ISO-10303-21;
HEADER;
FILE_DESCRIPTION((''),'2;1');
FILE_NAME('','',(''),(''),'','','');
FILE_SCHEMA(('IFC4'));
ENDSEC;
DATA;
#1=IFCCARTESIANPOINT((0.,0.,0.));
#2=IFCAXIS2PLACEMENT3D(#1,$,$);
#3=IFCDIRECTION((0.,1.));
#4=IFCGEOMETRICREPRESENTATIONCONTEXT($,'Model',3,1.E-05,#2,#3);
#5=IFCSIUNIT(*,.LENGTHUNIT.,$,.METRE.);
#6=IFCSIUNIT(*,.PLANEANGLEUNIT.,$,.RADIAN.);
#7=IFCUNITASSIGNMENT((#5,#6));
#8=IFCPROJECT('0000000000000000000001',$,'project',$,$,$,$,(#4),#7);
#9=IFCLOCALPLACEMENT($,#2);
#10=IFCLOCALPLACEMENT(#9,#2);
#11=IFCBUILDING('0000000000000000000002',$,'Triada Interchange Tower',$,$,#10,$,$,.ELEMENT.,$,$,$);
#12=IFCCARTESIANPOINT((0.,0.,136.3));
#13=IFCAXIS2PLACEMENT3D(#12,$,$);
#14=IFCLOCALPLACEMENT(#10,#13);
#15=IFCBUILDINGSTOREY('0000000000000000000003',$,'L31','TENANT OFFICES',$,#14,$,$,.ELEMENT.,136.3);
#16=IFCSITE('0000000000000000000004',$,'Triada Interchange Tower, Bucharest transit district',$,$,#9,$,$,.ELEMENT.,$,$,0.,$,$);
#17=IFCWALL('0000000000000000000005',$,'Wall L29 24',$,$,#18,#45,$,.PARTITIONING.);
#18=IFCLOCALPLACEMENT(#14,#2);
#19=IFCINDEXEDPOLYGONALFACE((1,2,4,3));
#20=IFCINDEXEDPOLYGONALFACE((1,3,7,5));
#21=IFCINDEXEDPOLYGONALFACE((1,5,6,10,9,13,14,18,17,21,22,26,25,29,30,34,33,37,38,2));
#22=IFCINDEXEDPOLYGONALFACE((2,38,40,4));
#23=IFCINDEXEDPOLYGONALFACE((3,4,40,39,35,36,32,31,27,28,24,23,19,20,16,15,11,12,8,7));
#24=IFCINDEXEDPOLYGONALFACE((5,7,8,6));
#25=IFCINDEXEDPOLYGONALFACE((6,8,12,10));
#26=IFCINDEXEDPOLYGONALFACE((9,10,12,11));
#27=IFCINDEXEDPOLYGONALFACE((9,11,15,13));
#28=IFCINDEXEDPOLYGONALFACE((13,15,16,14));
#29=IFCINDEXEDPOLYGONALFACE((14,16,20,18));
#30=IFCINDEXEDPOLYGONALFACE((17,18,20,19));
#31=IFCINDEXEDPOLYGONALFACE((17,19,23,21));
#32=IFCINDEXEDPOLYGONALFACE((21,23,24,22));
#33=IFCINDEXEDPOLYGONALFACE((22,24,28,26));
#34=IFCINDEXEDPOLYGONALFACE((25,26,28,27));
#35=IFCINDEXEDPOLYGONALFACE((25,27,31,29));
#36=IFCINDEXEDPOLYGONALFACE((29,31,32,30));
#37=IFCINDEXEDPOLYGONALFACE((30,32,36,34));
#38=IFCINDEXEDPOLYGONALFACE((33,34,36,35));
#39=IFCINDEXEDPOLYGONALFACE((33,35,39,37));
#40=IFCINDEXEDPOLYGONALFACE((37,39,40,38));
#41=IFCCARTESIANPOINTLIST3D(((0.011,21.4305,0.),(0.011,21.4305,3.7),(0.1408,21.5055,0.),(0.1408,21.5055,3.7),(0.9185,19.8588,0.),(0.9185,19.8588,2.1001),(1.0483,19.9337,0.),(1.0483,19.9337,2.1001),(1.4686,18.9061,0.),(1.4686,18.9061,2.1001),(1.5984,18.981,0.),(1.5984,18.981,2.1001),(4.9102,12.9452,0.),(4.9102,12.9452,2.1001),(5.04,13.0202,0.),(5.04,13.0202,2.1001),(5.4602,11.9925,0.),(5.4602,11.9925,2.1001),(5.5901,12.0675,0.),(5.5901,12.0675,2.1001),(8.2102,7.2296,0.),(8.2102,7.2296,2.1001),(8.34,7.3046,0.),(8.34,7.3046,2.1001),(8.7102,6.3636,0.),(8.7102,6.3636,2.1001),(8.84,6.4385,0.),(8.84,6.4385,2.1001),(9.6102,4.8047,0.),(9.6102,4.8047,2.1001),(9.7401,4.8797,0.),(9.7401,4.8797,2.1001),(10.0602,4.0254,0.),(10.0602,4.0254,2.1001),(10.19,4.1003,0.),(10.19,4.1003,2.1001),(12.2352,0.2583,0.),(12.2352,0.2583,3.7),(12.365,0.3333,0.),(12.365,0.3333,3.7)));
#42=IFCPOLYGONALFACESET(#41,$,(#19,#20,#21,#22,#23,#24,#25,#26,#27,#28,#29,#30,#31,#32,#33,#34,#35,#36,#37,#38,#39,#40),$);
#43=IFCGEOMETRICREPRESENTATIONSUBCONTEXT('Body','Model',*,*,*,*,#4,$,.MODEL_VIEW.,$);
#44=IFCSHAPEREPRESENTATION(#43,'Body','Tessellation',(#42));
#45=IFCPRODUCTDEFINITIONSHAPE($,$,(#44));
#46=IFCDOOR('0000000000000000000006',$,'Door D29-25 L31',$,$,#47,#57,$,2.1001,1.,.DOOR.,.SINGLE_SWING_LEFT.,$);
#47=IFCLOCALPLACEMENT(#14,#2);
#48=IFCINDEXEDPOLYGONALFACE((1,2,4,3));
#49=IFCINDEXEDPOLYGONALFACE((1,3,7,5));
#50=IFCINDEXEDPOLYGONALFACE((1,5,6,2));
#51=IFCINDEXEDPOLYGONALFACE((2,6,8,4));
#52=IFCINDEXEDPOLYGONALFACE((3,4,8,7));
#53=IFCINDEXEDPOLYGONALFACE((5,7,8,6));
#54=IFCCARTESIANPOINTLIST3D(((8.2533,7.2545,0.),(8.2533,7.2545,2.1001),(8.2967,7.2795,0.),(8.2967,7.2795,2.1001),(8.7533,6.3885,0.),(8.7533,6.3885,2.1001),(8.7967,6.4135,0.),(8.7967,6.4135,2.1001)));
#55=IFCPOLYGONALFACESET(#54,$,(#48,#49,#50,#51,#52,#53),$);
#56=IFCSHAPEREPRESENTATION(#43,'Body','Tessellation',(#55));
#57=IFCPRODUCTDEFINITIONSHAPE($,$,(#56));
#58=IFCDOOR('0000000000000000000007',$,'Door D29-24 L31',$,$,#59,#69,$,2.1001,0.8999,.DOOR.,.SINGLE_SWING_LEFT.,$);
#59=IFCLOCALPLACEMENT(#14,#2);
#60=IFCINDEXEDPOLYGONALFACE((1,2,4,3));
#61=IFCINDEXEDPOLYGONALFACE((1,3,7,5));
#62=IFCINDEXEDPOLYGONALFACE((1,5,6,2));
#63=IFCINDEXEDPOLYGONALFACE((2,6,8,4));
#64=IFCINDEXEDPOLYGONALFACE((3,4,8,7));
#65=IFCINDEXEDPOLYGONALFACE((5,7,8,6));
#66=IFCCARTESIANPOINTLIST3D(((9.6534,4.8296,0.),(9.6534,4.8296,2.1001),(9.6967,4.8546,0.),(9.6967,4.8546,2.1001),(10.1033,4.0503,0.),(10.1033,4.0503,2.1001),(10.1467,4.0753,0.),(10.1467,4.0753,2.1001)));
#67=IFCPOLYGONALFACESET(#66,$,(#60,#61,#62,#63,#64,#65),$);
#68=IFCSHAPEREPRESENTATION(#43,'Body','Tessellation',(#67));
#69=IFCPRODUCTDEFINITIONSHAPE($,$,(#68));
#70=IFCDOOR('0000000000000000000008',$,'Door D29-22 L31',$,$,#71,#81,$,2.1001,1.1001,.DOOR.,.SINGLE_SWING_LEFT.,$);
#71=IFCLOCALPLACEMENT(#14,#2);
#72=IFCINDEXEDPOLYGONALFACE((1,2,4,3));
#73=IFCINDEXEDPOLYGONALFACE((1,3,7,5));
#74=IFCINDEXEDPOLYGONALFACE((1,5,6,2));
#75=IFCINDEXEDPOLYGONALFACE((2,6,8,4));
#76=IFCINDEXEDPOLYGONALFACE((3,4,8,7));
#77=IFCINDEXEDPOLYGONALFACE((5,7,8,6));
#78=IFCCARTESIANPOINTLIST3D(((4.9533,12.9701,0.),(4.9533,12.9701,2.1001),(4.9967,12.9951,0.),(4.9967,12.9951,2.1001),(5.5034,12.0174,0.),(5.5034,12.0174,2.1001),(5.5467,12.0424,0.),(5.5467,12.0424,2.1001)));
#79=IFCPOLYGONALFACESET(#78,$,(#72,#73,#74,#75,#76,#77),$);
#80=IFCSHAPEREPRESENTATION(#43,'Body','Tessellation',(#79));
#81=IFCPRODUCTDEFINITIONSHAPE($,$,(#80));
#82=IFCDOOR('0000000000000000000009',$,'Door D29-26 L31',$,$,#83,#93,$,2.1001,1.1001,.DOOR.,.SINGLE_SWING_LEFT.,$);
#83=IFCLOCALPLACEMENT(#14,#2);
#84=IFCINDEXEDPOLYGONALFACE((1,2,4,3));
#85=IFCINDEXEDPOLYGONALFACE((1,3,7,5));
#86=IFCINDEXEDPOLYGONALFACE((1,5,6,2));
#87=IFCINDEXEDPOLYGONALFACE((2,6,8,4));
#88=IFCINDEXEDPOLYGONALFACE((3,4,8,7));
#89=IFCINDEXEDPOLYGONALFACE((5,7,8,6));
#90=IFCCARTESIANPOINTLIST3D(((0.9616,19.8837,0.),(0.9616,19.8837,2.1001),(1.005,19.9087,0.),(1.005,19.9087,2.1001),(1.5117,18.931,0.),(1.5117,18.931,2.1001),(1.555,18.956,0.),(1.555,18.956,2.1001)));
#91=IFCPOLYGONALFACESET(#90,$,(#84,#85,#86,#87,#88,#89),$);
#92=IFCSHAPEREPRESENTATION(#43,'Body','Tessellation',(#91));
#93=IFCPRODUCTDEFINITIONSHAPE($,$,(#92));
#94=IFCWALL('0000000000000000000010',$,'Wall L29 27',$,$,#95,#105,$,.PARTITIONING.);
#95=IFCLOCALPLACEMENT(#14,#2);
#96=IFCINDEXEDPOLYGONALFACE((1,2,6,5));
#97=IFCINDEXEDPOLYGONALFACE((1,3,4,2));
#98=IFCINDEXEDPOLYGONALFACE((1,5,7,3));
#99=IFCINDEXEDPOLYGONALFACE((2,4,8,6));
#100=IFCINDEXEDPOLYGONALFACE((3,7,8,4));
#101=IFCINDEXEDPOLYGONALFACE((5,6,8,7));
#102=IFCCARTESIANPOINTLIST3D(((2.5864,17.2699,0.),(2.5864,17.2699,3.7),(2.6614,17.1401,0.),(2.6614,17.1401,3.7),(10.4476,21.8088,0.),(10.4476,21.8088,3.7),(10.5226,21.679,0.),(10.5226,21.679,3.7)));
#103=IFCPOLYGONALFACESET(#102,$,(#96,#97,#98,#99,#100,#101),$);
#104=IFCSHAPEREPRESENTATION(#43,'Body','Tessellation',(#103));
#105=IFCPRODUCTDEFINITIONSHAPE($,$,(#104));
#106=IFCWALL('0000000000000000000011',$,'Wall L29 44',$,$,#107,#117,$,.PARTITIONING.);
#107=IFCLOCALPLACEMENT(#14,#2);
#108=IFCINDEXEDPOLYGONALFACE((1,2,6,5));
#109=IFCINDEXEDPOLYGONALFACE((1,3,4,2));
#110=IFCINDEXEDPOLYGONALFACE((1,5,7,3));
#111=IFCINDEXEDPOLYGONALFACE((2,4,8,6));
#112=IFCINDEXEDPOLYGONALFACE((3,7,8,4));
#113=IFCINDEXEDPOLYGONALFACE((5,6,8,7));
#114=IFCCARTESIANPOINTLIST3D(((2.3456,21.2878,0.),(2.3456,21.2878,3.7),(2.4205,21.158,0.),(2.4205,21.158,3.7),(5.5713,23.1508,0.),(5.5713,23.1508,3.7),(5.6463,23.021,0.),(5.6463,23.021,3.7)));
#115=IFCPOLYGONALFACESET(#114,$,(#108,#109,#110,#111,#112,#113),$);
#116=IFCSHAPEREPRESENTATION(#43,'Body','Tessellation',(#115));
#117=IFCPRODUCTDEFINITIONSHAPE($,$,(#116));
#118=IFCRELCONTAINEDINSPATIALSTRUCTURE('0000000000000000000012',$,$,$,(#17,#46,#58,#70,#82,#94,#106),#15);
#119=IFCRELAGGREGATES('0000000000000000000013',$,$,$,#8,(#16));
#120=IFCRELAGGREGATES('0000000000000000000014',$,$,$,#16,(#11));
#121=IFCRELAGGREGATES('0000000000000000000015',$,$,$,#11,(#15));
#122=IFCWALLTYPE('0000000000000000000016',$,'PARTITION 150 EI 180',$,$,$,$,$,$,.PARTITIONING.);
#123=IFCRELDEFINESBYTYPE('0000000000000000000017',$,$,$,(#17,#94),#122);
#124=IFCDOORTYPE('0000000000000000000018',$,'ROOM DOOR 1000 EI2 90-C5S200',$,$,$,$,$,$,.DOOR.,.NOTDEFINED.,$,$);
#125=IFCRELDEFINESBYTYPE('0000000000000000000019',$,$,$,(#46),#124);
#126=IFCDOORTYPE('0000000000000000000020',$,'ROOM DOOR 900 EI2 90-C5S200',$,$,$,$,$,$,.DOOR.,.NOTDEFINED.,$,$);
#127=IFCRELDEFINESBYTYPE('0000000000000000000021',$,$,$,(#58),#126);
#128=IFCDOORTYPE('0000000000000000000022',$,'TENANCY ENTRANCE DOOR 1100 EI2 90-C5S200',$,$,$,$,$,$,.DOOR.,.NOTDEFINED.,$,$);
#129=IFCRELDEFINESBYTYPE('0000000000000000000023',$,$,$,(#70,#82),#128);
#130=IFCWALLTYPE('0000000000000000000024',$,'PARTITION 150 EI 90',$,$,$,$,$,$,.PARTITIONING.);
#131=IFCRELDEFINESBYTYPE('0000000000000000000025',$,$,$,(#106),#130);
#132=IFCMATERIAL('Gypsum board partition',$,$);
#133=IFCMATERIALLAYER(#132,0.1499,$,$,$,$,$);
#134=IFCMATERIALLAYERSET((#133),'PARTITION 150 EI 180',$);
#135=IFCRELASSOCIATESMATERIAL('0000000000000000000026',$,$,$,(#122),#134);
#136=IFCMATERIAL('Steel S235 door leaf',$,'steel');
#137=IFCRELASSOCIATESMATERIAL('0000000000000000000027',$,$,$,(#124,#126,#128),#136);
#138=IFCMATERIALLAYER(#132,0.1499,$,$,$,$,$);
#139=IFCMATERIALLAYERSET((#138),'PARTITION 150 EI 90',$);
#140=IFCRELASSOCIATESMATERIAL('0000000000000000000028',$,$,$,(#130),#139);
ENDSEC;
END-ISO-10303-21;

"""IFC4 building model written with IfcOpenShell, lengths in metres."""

from ifc_helpers import new_model, si_unit, direction, frame, frame_2d, origin, place, context, subcontext, project, spatial, rectangle, extrude, material, layer, layer_set, type_object, element, fill, save


model = new_model("IFC4")

# Units and contexts
model_context = context("Model", 3, precision=1e-05, world=origin(), true_north=direction((0.0, 1.0)))
body_context = subcontext(model_context, "Body", "Model", "MODEL_VIEW")
ifc_project = project(units=[si_unit("LENGTHUNIT", "METRE"), si_unit("PLANEANGLEUNIT", "RADIAN")], contexts=[model_context])

# Site, building, storey
site_placement = place(None, origin())
site = spatial("IfcSite", under=ifc_project, at=site_placement, Name="Triada Interchange Tower, Bucharest transit district", CompositionType="ELEMENT", RefElevation=0.0)
building_placement = place(site_placement, origin())
building = spatial("IfcBuilding", under=site, at=building_placement, Name="Triada Interchange Tower", CompositionType="ELEMENT")
storey_placement = place(building_placement, frame((0.0, 0.0, 136.3)))
storey = spatial("IfcBuildingStorey", under=building, at=storey_placement, Name="L31", Description="TENANT OFFICES", CompositionType="ELEMENT", Elevation=136.3)

# Shared definitions
ifc_material_1 = material(Name="Steel S235 door leaf", Category="steel")

# Shared definitions
ifc_material_2 = material(Name="Gypsum board partition")
ifc_layer_1 = layer(ifc_material_2, 0.1499)
ifc_layer_set_1 = layer_set([ifc_layer_1], Name="PARTITION 150 EI 180")
wall_type_1 = type_object("IfcWallType", Name="PARTITION 150 EI 180", PredefinedType="PARTITIONING", material=ifc_layer_set_1)

# Wall, openings, doors
wall_1_placement = place(storey_placement, frame((0.0759, 21.468, 0.0), z_axis=(0.0, 0.0, 1.0), x_axis=(0.500012, -0.866018, 0.0)))
wall_1 = element("IfcWall", 1, at=wall_1_placement, inside=storey, type_object=wall_type_1, Name="Wall L29 24", PredefinedType="PARTITIONING", context=body_context, shape_type="SweptSolid", body=[
    extrude(rectangle(XDim=24.4478, YDim=0.1499, at=frame_2d((12.2239, 0.0))), origin(), (0.0, 0.0, 1.0), 3.7),
])
opening_1_placement = place(wall_1_placement, frame((9.7981, 0.0, 0.0)))
opening_1 = element("IfcOpeningElement", 2, at=opening_1_placement, cuts=wall_1, PredefinedType="OPENING", context=body_context, shape_type="SweptSolid", body=[
    extrude(rectangle(XDim=1.1001, YDim=2.1001, at=frame_2d((0.55, 1.05))), frame((0.0, 0.085, 0.0), z_axis=(0.0, -1.0, 0.0), x_axis=(1.0, 0.0, 0.0)), (0.0, 0.0, 1.0), 0.1699),
])
opening_2_placement = place(wall_1_placement, frame((19.198, 0.0, 0.0)))
opening_2 = element("IfcOpeningElement", 3, at=opening_2_placement, cuts=wall_1, PredefinedType="OPENING", context=body_context, shape_type="SweptSolid", body=[
    extrude(rectangle(XDim=0.8999, YDim=2.1001, at=frame_2d((0.45, 1.05))), frame((0.0, 0.085, 0.0), z_axis=(0.0, -1.0, 0.0), x_axis=(1.0, 0.0, 0.0)), (0.0, 0.0, 1.0), 0.1699),
])
opening_3_placement = place(wall_1_placement, frame((16.3979, 0.0, 0.0)))
opening_3 = element("IfcOpeningElement", 4, at=opening_3_placement, cuts=wall_1, PredefinedType="OPENING", context=body_context, shape_type="SweptSolid", body=[
    extrude(rectangle(XDim=1.0, YDim=2.1001, at=frame_2d((0.5, 1.05))), frame((0.0, 0.085, 0.0), z_axis=(0.0, -1.0, 0.0), x_axis=(1.0, 0.0, 0.0)), (0.0, 0.0, 1.0), 0.1699),
])
opening_4_placement = place(wall_1_placement, frame((1.8149, 0.0, 0.0)))
opening_4 = element("IfcOpeningElement", 5, at=opening_4_placement, cuts=wall_1, PredefinedType="OPENING", context=body_context, shape_type="SweptSolid", body=[
    extrude(rectangle(XDim=1.1001, YDim=2.1001, at=frame_2d((0.55, 1.05))), frame((0.0, 0.085, 0.0), z_axis=(0.0, -1.0, 0.0), x_axis=(1.0, 0.0, 0.0)), (0.0, 0.0, 1.0), 0.1699),
])
door_type_1 = type_object("IfcDoorType", Name="ROOM DOOR 1000 EI2 90-C5S200", OperationType="NOTDEFINED", PredefinedType="DOOR", material=ifc_material_1)
door_1_placement = place(opening_3_placement, origin())
door_1 = element("IfcDoor", 6, at=door_1_placement, inside=storey, type_object=door_type_1, Name="Door D29-25 L31", OperationType="SINGLE_SWING_LEFT", OverallHeight=2.1001, OverallWidth=1.0, PredefinedType="DOOR", context=body_context, shape_type="SweptSolid", body=[
    extrude(rectangle(XDim=1.0, YDim=2.1001, at=frame_2d((0.5, 1.05))), frame((0.0, 0.0249, 0.0), z_axis=(0.0, -1.0, 0.0), x_axis=(1.0, 0.0, 0.0)), (0.0, 0.0, 1.0), 0.05),
])
fill(opening_3, door_1)
door_type_2 = type_object("IfcDoorType", Name="ROOM DOOR 900 EI2 90-C5S200", OperationType="NOTDEFINED", PredefinedType="DOOR", material=ifc_material_1)
door_2_placement = place(opening_2_placement, origin())
door_2 = element("IfcDoor", 7, at=door_2_placement, inside=storey, type_object=door_type_2, Name="Door D29-24 L31", OperationType="SINGLE_SWING_LEFT", OverallHeight=2.1001, OverallWidth=0.8999, PredefinedType="DOOR", context=body_context, shape_type="SweptSolid", body=[
    extrude(rectangle(XDim=0.8999, YDim=2.1001, at=frame_2d((0.45, 1.05))), frame((0.0, 0.0249, 0.0), z_axis=(0.0, -1.0, 0.0), x_axis=(1.0, 0.0, 0.0)), (0.0, 0.0, 1.0), 0.05),
])
fill(opening_2, door_2)
door_type_3 = type_object("IfcDoorType", Name="TENANCY ENTRANCE DOOR 1100 EI2 90-C5S200", OperationType="NOTDEFINED", PredefinedType="DOOR", material=ifc_material_1)
door_3_placement = place(opening_1_placement, origin())
door_3 = element("IfcDoor", 8, at=door_3_placement, inside=storey, type_object=door_type_3, Name="Door D29-22 L31", OperationType="SINGLE_SWING_LEFT", OverallHeight=2.1001, OverallWidth=1.1001, PredefinedType="DOOR", context=body_context, shape_type="SweptSolid", body=[
    extrude(rectangle(XDim=1.1001, YDim=2.1001, at=frame_2d((0.55, 1.05))), frame((0.0, 0.0249, 0.0), z_axis=(0.0, -1.0, 0.0), x_axis=(1.0, 0.0, 0.0)), (0.0, 0.0, 1.0), 0.05),
])
fill(opening_1, door_3)
door_4_placement = place(opening_4_placement, origin())
door_4 = element("IfcDoor", 9, at=door_4_placement, inside=storey, type_object=door_type_3, Name="Door D29-26 L31", OperationType="SINGLE_SWING_LEFT", OverallHeight=2.1001, OverallWidth=1.1001, PredefinedType="DOOR", context=body_context, shape_type="SweptSolid", body=[
    extrude(rectangle(XDim=1.1001, YDim=2.1001, at=frame_2d((0.55, 1.05))), frame((0.0, 0.0249, 0.0), z_axis=(0.0, -1.0, 0.0), x_axis=(1.0, 0.0, 0.0)), (0.0, 0.0, 1.0), 0.05),
])
fill(opening_4, door_4)

# Walls
wall_2_placement = place(storey_placement, frame((2.624, 17.2051, 0.0), z_axis=(0.0, 0.0, 1.0), x_axis=(0.866015, 0.500018, 0.0)))
element("IfcWall", 10, at=wall_2_placement, inside=storey, type_object=wall_type_1, Name="Wall L29 27", PredefinedType="PARTITIONING", context=body_context, shape_type="SweptSolid", body=[
    extrude(rectangle(XDim=9.0774, YDim=0.1499, at=frame_2d((4.5386, 0.0))), origin(), (0.0, 0.0, 1.0), 3.7),
])
ifc_layer_2 = layer(ifc_material_2, 0.1499)
ifc_layer_set_2 = layer_set([ifc_layer_2], Name="PARTITION 150 EI 90")
wall_type_2 = type_object("IfcWallType", Name="PARTITION 150 EI 90", PredefinedType="PARTITIONING", material=ifc_layer_set_2)
wall_3_placement = place(storey_placement, frame((2.3831, 21.2229, 0.0), z_axis=(0.0, 0.0, 1.0), x_axis=(0.865955, 0.500121, 0.0)))
element("IfcWall", 11, at=wall_3_placement, inside=storey, type_object=wall_type_2, Name="Wall L29 44", PredefinedType="PARTITIONING", context=body_context, shape_type="SweptSolid", body=[
    extrude(rectangle(XDim=3.7251, YDim=0.1499, at=frame_2d((1.8625, 0.0))), origin(), (0.0, 0.0, 1.0), 3.7),
])

save(model, "model.ifc")
